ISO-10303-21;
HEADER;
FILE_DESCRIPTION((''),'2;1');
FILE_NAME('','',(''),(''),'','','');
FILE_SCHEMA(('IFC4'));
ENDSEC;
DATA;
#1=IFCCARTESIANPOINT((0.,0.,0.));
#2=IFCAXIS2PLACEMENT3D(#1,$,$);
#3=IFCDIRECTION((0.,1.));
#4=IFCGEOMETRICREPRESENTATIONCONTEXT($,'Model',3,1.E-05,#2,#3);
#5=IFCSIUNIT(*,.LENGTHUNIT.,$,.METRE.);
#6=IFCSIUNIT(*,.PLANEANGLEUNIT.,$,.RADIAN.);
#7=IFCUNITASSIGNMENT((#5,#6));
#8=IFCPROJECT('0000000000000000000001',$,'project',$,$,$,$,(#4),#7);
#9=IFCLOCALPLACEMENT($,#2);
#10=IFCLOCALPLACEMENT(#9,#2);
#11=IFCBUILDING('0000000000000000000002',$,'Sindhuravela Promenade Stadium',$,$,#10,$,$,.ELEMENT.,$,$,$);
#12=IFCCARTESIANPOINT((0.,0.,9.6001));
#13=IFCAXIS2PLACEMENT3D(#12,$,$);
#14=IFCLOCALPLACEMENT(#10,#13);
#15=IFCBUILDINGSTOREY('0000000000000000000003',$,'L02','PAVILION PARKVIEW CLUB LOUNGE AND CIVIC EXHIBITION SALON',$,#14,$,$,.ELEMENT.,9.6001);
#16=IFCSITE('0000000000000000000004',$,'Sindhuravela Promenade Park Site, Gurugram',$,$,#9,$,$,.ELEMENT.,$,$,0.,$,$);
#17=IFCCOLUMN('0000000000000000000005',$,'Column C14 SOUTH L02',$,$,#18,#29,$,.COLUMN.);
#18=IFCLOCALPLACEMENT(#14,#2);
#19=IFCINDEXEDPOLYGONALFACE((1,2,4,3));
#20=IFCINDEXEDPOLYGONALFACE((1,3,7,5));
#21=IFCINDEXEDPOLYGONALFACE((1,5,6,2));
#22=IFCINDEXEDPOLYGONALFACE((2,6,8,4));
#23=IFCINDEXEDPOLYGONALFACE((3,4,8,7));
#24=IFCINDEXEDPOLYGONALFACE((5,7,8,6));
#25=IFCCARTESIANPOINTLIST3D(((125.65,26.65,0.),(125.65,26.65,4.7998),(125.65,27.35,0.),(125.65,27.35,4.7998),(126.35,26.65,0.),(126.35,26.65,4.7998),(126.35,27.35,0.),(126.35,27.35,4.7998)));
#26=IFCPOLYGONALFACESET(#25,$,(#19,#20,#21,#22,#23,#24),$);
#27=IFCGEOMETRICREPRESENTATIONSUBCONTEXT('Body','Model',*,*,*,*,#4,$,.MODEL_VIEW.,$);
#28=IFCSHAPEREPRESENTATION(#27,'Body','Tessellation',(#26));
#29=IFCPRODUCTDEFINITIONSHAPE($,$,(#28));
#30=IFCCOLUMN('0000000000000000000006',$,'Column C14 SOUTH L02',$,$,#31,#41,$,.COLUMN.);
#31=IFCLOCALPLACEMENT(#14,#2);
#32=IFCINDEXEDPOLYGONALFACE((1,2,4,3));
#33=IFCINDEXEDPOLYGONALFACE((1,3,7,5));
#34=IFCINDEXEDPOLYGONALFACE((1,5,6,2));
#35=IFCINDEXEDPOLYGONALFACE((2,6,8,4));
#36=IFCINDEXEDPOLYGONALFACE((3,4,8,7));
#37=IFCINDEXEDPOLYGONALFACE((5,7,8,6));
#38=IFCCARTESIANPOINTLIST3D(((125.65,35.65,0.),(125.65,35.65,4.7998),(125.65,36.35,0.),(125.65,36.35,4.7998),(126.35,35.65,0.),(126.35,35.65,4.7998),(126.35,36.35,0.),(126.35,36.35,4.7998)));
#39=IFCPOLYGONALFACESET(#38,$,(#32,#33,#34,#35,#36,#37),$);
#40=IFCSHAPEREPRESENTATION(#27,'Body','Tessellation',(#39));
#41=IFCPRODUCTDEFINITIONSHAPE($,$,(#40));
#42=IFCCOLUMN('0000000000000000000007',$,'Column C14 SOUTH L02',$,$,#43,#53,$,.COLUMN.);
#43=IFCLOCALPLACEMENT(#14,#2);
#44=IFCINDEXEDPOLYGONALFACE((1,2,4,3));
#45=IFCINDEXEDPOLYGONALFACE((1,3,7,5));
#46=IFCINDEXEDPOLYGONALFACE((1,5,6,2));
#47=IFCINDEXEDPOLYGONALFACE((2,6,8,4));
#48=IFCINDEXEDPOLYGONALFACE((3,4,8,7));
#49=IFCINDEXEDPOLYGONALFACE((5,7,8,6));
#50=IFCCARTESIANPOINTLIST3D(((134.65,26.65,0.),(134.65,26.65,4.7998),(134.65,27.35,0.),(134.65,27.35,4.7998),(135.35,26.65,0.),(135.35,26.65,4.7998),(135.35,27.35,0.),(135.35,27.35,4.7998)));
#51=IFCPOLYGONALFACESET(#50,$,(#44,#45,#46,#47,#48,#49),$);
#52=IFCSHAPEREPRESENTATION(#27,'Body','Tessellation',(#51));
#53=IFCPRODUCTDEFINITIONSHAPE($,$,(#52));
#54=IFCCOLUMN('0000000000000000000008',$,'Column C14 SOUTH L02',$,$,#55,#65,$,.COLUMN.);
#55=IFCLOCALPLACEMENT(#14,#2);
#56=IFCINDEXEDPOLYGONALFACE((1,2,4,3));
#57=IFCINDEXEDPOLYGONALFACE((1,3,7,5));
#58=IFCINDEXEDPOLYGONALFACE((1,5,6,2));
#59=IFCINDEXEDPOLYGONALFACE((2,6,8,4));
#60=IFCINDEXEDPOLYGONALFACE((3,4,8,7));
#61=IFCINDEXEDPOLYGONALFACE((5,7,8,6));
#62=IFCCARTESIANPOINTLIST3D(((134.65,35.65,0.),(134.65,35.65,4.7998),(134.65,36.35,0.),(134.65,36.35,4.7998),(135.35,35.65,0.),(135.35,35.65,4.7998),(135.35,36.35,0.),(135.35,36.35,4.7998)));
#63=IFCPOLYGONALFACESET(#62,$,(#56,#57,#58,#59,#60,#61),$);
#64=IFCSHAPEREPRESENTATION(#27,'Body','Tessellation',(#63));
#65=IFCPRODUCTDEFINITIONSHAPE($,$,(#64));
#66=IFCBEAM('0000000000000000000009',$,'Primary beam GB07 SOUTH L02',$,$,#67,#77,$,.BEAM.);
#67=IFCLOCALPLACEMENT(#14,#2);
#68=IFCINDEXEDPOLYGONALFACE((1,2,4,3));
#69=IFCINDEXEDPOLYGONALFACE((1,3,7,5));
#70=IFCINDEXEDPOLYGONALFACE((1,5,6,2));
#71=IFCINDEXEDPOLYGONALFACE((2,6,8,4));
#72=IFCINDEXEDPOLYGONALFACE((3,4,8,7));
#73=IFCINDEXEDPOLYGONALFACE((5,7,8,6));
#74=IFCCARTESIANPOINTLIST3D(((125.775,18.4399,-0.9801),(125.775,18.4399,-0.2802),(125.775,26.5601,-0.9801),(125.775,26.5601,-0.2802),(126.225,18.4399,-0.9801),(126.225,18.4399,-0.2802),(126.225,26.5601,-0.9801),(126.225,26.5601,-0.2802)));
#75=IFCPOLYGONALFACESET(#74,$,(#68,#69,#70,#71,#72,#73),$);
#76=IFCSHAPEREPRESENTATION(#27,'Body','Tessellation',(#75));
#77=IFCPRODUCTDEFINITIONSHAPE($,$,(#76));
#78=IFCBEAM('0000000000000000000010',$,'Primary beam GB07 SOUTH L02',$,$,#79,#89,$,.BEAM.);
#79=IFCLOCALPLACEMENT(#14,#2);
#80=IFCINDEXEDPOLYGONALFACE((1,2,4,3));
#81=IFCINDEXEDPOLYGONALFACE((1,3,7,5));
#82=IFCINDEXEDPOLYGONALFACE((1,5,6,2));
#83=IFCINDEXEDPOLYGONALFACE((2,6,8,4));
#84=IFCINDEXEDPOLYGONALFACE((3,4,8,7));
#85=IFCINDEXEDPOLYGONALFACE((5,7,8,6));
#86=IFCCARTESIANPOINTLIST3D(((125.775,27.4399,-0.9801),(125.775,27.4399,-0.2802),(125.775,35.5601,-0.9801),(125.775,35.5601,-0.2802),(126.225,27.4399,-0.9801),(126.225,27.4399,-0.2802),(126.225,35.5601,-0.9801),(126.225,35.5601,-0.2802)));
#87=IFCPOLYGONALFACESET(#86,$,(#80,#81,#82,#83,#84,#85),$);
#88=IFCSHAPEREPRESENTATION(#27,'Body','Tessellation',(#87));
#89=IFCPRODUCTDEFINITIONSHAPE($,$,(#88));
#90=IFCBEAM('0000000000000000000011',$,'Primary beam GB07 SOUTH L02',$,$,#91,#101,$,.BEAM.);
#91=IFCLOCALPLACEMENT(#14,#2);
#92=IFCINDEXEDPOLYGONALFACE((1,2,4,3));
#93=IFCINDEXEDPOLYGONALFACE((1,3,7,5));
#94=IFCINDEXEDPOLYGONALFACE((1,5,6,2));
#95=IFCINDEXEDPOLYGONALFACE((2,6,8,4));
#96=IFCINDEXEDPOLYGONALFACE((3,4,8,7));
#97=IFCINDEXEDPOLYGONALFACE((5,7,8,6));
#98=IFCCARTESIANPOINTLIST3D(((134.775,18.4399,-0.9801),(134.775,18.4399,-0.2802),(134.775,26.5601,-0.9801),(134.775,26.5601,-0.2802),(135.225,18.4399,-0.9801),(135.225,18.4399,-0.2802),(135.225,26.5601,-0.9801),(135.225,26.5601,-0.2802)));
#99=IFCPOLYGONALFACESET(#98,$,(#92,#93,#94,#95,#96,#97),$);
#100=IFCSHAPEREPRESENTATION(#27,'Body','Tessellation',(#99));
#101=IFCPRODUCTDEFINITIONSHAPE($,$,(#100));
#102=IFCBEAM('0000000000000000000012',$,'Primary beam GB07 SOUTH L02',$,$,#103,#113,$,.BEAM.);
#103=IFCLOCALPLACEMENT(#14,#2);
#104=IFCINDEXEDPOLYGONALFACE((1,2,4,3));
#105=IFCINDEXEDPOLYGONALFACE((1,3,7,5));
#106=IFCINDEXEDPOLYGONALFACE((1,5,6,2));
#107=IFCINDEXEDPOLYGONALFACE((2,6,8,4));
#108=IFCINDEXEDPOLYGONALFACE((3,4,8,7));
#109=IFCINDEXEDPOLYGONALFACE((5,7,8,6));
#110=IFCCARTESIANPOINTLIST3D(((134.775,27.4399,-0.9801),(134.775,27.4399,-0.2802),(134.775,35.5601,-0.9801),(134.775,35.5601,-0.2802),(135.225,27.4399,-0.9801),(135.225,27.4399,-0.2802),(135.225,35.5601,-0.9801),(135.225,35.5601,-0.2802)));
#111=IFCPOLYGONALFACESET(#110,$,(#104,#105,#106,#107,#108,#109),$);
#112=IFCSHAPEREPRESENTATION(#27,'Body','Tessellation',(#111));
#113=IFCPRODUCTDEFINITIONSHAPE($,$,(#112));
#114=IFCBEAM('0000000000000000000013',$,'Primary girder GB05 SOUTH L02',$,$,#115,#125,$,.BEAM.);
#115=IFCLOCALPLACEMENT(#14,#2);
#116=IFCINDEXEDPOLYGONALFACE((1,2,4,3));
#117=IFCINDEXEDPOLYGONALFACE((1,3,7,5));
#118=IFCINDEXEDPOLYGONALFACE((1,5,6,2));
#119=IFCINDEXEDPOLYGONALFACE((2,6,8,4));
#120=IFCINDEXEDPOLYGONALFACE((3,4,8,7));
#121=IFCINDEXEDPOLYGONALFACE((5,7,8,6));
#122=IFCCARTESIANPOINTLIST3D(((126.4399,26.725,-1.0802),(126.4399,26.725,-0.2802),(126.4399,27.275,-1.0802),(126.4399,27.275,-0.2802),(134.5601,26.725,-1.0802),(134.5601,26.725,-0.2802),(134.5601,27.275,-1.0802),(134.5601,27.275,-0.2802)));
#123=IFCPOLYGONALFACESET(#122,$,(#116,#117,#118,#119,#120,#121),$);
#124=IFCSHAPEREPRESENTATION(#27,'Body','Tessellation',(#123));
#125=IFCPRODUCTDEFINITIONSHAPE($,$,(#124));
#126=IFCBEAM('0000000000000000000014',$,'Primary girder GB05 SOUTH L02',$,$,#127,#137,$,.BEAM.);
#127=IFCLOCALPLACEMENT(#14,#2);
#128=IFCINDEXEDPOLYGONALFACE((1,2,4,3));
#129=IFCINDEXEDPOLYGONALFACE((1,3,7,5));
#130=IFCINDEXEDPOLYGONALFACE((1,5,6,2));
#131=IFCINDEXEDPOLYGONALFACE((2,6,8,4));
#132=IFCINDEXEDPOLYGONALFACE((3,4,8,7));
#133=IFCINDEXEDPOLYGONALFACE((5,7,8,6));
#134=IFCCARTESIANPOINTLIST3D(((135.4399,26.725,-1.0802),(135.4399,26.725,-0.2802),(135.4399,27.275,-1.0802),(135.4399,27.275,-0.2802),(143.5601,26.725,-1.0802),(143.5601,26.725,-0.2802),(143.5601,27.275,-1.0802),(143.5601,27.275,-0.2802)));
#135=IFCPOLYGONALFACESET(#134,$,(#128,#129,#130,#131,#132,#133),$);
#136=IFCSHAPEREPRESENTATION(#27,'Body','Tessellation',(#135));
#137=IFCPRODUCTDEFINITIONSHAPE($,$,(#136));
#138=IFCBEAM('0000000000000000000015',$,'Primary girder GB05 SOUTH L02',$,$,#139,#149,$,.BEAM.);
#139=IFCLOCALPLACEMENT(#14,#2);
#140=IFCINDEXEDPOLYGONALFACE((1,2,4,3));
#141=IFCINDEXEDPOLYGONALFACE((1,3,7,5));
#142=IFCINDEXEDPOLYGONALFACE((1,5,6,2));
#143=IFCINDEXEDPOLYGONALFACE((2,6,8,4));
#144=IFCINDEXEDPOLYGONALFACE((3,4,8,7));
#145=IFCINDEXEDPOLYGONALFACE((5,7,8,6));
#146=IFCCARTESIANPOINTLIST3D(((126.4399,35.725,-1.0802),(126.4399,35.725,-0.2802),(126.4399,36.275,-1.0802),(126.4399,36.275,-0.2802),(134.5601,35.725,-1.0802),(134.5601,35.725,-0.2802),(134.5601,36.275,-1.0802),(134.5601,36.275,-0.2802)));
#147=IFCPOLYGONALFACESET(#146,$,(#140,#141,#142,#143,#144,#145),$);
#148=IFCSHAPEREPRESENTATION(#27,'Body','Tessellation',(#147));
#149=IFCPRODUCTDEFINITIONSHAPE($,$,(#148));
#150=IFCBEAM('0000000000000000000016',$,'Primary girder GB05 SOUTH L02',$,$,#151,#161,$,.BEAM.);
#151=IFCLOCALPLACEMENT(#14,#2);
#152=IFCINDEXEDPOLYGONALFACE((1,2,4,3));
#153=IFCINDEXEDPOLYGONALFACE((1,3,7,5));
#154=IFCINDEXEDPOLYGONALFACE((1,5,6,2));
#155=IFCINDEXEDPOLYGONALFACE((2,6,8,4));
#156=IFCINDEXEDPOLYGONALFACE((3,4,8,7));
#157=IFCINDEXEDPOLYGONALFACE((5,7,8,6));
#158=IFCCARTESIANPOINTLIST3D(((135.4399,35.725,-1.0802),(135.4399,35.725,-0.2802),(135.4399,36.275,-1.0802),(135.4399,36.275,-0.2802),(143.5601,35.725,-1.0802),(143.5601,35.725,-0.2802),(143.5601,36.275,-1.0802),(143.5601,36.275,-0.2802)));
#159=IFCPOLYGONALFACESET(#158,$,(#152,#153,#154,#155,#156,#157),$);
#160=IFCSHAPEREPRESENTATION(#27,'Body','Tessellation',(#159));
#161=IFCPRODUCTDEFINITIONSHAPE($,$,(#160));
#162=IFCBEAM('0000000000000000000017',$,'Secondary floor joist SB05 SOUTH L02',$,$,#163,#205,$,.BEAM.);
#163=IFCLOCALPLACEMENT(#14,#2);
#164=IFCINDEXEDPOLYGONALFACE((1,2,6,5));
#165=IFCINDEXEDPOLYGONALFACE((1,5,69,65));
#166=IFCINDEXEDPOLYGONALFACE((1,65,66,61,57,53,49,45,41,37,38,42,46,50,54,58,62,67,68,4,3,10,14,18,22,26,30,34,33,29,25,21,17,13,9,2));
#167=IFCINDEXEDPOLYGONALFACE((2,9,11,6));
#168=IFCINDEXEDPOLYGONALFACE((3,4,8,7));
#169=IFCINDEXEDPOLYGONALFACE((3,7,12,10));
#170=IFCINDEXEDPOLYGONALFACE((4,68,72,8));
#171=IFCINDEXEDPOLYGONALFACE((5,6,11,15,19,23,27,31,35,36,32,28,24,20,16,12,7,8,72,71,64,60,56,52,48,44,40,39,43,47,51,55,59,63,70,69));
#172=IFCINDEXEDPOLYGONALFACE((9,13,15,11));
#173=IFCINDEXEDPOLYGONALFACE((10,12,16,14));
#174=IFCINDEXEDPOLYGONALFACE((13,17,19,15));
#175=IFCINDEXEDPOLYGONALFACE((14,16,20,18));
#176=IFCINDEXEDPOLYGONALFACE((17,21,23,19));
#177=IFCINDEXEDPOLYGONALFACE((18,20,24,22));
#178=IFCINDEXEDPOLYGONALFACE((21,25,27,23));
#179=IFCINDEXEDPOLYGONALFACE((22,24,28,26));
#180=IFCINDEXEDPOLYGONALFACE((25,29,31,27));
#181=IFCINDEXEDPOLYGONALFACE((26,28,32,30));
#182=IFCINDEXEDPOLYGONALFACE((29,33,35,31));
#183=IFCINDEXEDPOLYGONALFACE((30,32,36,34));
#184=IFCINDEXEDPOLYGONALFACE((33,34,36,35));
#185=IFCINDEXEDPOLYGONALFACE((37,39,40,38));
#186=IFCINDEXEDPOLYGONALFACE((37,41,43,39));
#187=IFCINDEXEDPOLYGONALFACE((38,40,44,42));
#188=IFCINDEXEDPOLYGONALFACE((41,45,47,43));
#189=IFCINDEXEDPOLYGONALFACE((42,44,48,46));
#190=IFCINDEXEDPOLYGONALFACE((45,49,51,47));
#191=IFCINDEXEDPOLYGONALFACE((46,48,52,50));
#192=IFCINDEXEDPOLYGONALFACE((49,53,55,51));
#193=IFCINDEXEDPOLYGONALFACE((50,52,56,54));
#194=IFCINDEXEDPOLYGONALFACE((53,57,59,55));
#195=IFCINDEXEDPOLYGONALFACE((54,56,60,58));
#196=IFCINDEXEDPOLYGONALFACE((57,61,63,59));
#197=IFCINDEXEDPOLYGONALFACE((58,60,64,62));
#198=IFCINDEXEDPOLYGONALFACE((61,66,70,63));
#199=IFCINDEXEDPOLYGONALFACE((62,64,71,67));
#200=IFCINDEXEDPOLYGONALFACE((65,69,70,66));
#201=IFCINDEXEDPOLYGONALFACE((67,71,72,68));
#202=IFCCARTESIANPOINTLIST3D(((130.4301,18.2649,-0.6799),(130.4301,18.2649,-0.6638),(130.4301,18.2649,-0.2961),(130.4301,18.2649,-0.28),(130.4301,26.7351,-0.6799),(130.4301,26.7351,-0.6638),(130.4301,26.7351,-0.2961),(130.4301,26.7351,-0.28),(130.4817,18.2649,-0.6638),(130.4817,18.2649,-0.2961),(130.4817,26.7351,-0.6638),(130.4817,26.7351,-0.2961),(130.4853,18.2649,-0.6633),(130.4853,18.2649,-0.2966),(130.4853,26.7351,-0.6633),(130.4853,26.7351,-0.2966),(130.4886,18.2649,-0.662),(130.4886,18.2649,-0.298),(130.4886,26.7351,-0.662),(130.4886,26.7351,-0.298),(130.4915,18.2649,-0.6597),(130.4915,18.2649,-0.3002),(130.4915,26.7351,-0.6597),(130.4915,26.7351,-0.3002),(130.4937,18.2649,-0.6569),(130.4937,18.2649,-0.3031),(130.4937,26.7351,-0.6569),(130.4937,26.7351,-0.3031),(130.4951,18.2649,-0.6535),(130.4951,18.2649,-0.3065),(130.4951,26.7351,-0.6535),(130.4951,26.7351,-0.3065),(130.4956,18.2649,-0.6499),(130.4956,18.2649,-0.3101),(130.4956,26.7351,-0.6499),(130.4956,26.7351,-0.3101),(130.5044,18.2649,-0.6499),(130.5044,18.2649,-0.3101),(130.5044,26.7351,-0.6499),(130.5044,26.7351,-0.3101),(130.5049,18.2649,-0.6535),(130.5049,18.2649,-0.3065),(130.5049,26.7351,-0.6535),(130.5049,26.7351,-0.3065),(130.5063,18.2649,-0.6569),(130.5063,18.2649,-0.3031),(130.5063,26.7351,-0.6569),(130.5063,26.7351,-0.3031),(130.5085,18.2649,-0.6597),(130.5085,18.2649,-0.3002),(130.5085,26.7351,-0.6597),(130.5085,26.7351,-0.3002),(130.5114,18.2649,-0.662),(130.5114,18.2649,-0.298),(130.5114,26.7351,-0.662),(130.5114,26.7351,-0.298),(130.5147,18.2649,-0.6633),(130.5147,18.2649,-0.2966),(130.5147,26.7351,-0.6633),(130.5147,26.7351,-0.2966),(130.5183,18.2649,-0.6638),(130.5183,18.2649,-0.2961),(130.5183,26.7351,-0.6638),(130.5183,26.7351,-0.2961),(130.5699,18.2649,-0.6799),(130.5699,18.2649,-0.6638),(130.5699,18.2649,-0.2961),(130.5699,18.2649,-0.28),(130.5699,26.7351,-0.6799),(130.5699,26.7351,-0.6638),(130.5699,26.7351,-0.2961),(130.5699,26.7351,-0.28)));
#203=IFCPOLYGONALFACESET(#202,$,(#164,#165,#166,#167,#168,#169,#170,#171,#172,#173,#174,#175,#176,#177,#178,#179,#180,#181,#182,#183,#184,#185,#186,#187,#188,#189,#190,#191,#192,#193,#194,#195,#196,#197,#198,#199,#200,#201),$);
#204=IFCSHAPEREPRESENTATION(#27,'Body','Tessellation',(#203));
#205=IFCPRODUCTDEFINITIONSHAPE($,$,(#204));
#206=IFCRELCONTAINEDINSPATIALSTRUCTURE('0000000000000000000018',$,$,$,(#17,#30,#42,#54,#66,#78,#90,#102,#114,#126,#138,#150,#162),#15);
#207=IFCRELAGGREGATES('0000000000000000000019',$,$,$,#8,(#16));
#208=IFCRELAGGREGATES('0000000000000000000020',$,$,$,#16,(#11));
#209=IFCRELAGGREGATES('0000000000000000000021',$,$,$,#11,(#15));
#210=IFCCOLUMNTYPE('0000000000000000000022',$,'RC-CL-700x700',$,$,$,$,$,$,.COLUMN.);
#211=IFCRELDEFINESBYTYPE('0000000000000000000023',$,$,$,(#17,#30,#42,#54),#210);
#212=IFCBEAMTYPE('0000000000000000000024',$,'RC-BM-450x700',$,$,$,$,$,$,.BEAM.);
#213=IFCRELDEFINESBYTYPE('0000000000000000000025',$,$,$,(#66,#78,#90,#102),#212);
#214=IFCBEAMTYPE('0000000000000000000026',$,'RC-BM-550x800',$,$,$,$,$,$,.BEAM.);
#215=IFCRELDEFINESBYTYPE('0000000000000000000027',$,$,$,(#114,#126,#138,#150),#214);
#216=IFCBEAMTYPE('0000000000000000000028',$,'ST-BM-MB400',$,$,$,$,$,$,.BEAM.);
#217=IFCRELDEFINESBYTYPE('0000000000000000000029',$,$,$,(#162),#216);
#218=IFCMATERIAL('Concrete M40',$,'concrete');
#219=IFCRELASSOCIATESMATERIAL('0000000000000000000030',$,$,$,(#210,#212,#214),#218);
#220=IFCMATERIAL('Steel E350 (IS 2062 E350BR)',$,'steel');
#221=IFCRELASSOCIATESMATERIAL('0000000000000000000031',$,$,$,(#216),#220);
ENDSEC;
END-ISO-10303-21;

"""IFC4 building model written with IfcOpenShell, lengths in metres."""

from ifc_helpers import new_model, si_unit, direction, frame, origin, origin_2d, place, context, subcontext, project, spatial, rectangle, i_section, extrude, material, material_profile, profile_set, type_object, element, save


model = new_model("IFC4")

# Units and contexts
model_context = context("Model", 3, precision=1e-05, world=origin(), true_north=direction((0.0, 1.0)))
body_context = subcontext(model_context, "Body", "Model", "MODEL_VIEW")
ifc_project = project(units=[si_unit("LENGTHUNIT", "METRE"), si_unit("PLANEANGLEUNIT", "RADIAN")], contexts=[model_context])

# Site, building, storey
site_placement = place(None, origin())
site = spatial("IfcSite", under=ifc_project, at=site_placement, Name="Sindhuravela Promenade Park Site, Gurugram", CompositionType="ELEMENT", RefElevation=0.0)
building_placement = place(site_placement, origin())
building = spatial("IfcBuilding", under=site, at=building_placement, Name="Sindhuravela Promenade Stadium", CompositionType="ELEMENT")
storey_placement = place(building_placement, frame((0.0, 0.0, 9.6001)))
storey = spatial("IfcBuildingStorey", under=building, at=storey_placement, Name="L02", Description="PAVILION PARKVIEW CLUB LOUNGE AND CIVIC EXHIBITION SALON", CompositionType="ELEMENT", Elevation=9.6001)

# Columns
ifc_material_1 = material(Name="Concrete M40", Category="concrete")
ifc_material_profile_1 = material_profile(ifc_material_1, rectangle(XDim=0.7, YDim=0.7, at=origin_2d()), Name="RC 700x700")
ifc_profile_set_1 = profile_set([ifc_material_profile_1], Name="Concrete M40")
column_type = type_object("IfcColumnType", Name="RC-CL-700x700", PredefinedType="COLUMN", material=ifc_profile_set_1)
for number, where, z_axis, x_axis, name in (
    (1, (126.0, 27.0, 0.0), (0.0, 0.0, 1.0), (1.0, 0.0, 0.0), "Column C14 SOUTH L02"),
    (2, (126.0, 36.0, 0.0), (0.0, 0.0, 1.0), (1.0, 0.0, 0.0), "Column C14 SOUTH L02"),
    (3, (135.0, 27.0, 0.0), (0.0, 0.0, 1.0), (1.0, 0.0, 0.0), "Column C14 SOUTH L02"),
    (4, (135.0, 36.0, 0.0), (0.0, 0.0, 1.0), (1.0, 0.0, 0.0), "Column C14 SOUTH L02"),
):
    element("IfcColumn", number, at=place(storey_placement, frame(where, z_axis=z_axis, x_axis=x_axis)), inside=storey, type_object=column_type, Name=name, PredefinedType="COLUMN", context=body_context, shape_type="SweptSolid", body=[
        extrude(rectangle(XDim=0.7, YDim=0.7, at=origin_2d()), origin(), (0.0, 0.0, 1.0), 4.7998),
    ])

# Beams
ifc_material_profile_2 = material_profile(ifc_material_1, rectangle(XDim=0.45, YDim=0.7, at=origin_2d()), Name="RC 450x700")
ifc_profile_set_2 = profile_set([ifc_material_profile_2], Name="Concrete M40")
beam_type_1 = type_object("IfcBeamType", Name="RC-BM-450x700", PredefinedType="BEAM", material=ifc_profile_set_2)
for number, where, z_axis, x_axis, name in (
    (5, (126.0, 18.4399, -0.6301), (0.0, 1.0, 0.0), (-1.0, 0.0, 0.0), "Primary beam GB07 SOUTH L02"),
    (6, (126.0, 27.4399, -0.6301), (0.0, 1.0, 0.0), (-1.0, 0.0, 0.0), "Primary beam GB07 SOUTH L02"),
    (7, (135.0, 18.4399, -0.6301), (0.0, 1.0, 0.0), (-1.0, 0.0, 0.0), "Primary beam GB07 SOUTH L02"),
    (8, (135.0, 27.4399, -0.6301), (0.0, 1.0, 0.0), (-1.0, 0.0, 0.0), "Primary beam GB07 SOUTH L02"),
):
    element("IfcBeam", number, at=place(storey_placement, frame(where, z_axis=z_axis, x_axis=x_axis)), inside=storey, type_object=beam_type_1, Name=name, PredefinedType="BEAM", context=body_context, shape_type="SweptSolid", body=[
        extrude(rectangle(XDim=0.45, YDim=0.7, at=origin_2d()), origin(), (0.0, 0.0, 1.0), 8.1201),
    ])
ifc_material_profile_3 = material_profile(ifc_material_1, rectangle(XDim=0.55, YDim=0.8, at=origin_2d()), Name="RC 550x800")
ifc_profile_set_3 = profile_set([ifc_material_profile_3], Name="Concrete M40")
beam_type_2 = type_object("IfcBeamType", Name="RC-BM-550x800", PredefinedType="BEAM", material=ifc_profile_set_3)
for number, where, z_axis, x_axis, name in (
    (9, (126.4399, 27.0, -0.6802), (1.0, 0.0, 0.0), (0.0, 1.0, 0.0), "Primary girder GB05 SOUTH L02"),
    (10, (135.4399, 27.0, -0.6802), (1.0, 0.0, 0.0), (0.0, 1.0, 0.0), "Primary girder GB05 SOUTH L02"),
    (11, (126.4399, 36.0, -0.6802), (1.0, 0.0, 0.0), (0.0, 1.0, 0.0), "Primary girder GB05 SOUTH L02"),
    (12, (135.4399, 36.0, -0.6802), (1.0, 0.0, 0.0), (0.0, 1.0, 0.0), "Primary girder GB05 SOUTH L02"),
):
    element("IfcBeam", number, at=place(storey_placement, frame(where, z_axis=z_axis, x_axis=x_axis)), inside=storey, type_object=beam_type_2, Name=name, PredefinedType="BEAM", context=body_context, shape_type="SweptSolid", body=[
        extrude(rectangle(XDim=0.55, YDim=0.8, at=origin_2d()), origin(), (0.0, 0.0, 1.0), 8.1201),
    ])
ifc_material_2 = material(Name="Steel E350 (IS 2062 E350BR)", Category="steel")
ifc_material_profile_4 = material_profile(ifc_material_2, i_section(OverallWidth=0.1399, OverallDepth=0.3999, WebThickness=0.0088, FlangeThickness=0.0161, FilletRadius=0.0139, at=origin_2d()), Name="ISMB 400")
ifc_profile_set_4 = profile_set([ifc_material_profile_4], Name="Steel E350 (IS 2062 E350BR)")
beam_type_3 = type_object("IfcBeamType", Name="ST-BM-MB400", PredefinedType="BEAM", material=ifc_profile_set_4)
beam_placement = place(storey_placement, frame((130.5, 18.2649, -0.48), z_axis=(0.0, 1.0, 0.0), x_axis=(-1.0, 0.0, 0.0)))
element("IfcBeam", 13, at=beam_placement, inside=storey, type_object=beam_type_3, Name="Secondary floor joist SB05 SOUTH L02", PredefinedType="BEAM", context=body_context, shape_type="SweptSolid", body=[
    extrude(i_section(OverallWidth=0.1399, OverallDepth=0.3999, WebThickness=0.0088, FlangeThickness=0.0161, FilletRadius=0.0139, at=origin_2d()), origin(), (0.0, 0.0, 1.0), 8.4702),
])

save(model, "model.ifc")
